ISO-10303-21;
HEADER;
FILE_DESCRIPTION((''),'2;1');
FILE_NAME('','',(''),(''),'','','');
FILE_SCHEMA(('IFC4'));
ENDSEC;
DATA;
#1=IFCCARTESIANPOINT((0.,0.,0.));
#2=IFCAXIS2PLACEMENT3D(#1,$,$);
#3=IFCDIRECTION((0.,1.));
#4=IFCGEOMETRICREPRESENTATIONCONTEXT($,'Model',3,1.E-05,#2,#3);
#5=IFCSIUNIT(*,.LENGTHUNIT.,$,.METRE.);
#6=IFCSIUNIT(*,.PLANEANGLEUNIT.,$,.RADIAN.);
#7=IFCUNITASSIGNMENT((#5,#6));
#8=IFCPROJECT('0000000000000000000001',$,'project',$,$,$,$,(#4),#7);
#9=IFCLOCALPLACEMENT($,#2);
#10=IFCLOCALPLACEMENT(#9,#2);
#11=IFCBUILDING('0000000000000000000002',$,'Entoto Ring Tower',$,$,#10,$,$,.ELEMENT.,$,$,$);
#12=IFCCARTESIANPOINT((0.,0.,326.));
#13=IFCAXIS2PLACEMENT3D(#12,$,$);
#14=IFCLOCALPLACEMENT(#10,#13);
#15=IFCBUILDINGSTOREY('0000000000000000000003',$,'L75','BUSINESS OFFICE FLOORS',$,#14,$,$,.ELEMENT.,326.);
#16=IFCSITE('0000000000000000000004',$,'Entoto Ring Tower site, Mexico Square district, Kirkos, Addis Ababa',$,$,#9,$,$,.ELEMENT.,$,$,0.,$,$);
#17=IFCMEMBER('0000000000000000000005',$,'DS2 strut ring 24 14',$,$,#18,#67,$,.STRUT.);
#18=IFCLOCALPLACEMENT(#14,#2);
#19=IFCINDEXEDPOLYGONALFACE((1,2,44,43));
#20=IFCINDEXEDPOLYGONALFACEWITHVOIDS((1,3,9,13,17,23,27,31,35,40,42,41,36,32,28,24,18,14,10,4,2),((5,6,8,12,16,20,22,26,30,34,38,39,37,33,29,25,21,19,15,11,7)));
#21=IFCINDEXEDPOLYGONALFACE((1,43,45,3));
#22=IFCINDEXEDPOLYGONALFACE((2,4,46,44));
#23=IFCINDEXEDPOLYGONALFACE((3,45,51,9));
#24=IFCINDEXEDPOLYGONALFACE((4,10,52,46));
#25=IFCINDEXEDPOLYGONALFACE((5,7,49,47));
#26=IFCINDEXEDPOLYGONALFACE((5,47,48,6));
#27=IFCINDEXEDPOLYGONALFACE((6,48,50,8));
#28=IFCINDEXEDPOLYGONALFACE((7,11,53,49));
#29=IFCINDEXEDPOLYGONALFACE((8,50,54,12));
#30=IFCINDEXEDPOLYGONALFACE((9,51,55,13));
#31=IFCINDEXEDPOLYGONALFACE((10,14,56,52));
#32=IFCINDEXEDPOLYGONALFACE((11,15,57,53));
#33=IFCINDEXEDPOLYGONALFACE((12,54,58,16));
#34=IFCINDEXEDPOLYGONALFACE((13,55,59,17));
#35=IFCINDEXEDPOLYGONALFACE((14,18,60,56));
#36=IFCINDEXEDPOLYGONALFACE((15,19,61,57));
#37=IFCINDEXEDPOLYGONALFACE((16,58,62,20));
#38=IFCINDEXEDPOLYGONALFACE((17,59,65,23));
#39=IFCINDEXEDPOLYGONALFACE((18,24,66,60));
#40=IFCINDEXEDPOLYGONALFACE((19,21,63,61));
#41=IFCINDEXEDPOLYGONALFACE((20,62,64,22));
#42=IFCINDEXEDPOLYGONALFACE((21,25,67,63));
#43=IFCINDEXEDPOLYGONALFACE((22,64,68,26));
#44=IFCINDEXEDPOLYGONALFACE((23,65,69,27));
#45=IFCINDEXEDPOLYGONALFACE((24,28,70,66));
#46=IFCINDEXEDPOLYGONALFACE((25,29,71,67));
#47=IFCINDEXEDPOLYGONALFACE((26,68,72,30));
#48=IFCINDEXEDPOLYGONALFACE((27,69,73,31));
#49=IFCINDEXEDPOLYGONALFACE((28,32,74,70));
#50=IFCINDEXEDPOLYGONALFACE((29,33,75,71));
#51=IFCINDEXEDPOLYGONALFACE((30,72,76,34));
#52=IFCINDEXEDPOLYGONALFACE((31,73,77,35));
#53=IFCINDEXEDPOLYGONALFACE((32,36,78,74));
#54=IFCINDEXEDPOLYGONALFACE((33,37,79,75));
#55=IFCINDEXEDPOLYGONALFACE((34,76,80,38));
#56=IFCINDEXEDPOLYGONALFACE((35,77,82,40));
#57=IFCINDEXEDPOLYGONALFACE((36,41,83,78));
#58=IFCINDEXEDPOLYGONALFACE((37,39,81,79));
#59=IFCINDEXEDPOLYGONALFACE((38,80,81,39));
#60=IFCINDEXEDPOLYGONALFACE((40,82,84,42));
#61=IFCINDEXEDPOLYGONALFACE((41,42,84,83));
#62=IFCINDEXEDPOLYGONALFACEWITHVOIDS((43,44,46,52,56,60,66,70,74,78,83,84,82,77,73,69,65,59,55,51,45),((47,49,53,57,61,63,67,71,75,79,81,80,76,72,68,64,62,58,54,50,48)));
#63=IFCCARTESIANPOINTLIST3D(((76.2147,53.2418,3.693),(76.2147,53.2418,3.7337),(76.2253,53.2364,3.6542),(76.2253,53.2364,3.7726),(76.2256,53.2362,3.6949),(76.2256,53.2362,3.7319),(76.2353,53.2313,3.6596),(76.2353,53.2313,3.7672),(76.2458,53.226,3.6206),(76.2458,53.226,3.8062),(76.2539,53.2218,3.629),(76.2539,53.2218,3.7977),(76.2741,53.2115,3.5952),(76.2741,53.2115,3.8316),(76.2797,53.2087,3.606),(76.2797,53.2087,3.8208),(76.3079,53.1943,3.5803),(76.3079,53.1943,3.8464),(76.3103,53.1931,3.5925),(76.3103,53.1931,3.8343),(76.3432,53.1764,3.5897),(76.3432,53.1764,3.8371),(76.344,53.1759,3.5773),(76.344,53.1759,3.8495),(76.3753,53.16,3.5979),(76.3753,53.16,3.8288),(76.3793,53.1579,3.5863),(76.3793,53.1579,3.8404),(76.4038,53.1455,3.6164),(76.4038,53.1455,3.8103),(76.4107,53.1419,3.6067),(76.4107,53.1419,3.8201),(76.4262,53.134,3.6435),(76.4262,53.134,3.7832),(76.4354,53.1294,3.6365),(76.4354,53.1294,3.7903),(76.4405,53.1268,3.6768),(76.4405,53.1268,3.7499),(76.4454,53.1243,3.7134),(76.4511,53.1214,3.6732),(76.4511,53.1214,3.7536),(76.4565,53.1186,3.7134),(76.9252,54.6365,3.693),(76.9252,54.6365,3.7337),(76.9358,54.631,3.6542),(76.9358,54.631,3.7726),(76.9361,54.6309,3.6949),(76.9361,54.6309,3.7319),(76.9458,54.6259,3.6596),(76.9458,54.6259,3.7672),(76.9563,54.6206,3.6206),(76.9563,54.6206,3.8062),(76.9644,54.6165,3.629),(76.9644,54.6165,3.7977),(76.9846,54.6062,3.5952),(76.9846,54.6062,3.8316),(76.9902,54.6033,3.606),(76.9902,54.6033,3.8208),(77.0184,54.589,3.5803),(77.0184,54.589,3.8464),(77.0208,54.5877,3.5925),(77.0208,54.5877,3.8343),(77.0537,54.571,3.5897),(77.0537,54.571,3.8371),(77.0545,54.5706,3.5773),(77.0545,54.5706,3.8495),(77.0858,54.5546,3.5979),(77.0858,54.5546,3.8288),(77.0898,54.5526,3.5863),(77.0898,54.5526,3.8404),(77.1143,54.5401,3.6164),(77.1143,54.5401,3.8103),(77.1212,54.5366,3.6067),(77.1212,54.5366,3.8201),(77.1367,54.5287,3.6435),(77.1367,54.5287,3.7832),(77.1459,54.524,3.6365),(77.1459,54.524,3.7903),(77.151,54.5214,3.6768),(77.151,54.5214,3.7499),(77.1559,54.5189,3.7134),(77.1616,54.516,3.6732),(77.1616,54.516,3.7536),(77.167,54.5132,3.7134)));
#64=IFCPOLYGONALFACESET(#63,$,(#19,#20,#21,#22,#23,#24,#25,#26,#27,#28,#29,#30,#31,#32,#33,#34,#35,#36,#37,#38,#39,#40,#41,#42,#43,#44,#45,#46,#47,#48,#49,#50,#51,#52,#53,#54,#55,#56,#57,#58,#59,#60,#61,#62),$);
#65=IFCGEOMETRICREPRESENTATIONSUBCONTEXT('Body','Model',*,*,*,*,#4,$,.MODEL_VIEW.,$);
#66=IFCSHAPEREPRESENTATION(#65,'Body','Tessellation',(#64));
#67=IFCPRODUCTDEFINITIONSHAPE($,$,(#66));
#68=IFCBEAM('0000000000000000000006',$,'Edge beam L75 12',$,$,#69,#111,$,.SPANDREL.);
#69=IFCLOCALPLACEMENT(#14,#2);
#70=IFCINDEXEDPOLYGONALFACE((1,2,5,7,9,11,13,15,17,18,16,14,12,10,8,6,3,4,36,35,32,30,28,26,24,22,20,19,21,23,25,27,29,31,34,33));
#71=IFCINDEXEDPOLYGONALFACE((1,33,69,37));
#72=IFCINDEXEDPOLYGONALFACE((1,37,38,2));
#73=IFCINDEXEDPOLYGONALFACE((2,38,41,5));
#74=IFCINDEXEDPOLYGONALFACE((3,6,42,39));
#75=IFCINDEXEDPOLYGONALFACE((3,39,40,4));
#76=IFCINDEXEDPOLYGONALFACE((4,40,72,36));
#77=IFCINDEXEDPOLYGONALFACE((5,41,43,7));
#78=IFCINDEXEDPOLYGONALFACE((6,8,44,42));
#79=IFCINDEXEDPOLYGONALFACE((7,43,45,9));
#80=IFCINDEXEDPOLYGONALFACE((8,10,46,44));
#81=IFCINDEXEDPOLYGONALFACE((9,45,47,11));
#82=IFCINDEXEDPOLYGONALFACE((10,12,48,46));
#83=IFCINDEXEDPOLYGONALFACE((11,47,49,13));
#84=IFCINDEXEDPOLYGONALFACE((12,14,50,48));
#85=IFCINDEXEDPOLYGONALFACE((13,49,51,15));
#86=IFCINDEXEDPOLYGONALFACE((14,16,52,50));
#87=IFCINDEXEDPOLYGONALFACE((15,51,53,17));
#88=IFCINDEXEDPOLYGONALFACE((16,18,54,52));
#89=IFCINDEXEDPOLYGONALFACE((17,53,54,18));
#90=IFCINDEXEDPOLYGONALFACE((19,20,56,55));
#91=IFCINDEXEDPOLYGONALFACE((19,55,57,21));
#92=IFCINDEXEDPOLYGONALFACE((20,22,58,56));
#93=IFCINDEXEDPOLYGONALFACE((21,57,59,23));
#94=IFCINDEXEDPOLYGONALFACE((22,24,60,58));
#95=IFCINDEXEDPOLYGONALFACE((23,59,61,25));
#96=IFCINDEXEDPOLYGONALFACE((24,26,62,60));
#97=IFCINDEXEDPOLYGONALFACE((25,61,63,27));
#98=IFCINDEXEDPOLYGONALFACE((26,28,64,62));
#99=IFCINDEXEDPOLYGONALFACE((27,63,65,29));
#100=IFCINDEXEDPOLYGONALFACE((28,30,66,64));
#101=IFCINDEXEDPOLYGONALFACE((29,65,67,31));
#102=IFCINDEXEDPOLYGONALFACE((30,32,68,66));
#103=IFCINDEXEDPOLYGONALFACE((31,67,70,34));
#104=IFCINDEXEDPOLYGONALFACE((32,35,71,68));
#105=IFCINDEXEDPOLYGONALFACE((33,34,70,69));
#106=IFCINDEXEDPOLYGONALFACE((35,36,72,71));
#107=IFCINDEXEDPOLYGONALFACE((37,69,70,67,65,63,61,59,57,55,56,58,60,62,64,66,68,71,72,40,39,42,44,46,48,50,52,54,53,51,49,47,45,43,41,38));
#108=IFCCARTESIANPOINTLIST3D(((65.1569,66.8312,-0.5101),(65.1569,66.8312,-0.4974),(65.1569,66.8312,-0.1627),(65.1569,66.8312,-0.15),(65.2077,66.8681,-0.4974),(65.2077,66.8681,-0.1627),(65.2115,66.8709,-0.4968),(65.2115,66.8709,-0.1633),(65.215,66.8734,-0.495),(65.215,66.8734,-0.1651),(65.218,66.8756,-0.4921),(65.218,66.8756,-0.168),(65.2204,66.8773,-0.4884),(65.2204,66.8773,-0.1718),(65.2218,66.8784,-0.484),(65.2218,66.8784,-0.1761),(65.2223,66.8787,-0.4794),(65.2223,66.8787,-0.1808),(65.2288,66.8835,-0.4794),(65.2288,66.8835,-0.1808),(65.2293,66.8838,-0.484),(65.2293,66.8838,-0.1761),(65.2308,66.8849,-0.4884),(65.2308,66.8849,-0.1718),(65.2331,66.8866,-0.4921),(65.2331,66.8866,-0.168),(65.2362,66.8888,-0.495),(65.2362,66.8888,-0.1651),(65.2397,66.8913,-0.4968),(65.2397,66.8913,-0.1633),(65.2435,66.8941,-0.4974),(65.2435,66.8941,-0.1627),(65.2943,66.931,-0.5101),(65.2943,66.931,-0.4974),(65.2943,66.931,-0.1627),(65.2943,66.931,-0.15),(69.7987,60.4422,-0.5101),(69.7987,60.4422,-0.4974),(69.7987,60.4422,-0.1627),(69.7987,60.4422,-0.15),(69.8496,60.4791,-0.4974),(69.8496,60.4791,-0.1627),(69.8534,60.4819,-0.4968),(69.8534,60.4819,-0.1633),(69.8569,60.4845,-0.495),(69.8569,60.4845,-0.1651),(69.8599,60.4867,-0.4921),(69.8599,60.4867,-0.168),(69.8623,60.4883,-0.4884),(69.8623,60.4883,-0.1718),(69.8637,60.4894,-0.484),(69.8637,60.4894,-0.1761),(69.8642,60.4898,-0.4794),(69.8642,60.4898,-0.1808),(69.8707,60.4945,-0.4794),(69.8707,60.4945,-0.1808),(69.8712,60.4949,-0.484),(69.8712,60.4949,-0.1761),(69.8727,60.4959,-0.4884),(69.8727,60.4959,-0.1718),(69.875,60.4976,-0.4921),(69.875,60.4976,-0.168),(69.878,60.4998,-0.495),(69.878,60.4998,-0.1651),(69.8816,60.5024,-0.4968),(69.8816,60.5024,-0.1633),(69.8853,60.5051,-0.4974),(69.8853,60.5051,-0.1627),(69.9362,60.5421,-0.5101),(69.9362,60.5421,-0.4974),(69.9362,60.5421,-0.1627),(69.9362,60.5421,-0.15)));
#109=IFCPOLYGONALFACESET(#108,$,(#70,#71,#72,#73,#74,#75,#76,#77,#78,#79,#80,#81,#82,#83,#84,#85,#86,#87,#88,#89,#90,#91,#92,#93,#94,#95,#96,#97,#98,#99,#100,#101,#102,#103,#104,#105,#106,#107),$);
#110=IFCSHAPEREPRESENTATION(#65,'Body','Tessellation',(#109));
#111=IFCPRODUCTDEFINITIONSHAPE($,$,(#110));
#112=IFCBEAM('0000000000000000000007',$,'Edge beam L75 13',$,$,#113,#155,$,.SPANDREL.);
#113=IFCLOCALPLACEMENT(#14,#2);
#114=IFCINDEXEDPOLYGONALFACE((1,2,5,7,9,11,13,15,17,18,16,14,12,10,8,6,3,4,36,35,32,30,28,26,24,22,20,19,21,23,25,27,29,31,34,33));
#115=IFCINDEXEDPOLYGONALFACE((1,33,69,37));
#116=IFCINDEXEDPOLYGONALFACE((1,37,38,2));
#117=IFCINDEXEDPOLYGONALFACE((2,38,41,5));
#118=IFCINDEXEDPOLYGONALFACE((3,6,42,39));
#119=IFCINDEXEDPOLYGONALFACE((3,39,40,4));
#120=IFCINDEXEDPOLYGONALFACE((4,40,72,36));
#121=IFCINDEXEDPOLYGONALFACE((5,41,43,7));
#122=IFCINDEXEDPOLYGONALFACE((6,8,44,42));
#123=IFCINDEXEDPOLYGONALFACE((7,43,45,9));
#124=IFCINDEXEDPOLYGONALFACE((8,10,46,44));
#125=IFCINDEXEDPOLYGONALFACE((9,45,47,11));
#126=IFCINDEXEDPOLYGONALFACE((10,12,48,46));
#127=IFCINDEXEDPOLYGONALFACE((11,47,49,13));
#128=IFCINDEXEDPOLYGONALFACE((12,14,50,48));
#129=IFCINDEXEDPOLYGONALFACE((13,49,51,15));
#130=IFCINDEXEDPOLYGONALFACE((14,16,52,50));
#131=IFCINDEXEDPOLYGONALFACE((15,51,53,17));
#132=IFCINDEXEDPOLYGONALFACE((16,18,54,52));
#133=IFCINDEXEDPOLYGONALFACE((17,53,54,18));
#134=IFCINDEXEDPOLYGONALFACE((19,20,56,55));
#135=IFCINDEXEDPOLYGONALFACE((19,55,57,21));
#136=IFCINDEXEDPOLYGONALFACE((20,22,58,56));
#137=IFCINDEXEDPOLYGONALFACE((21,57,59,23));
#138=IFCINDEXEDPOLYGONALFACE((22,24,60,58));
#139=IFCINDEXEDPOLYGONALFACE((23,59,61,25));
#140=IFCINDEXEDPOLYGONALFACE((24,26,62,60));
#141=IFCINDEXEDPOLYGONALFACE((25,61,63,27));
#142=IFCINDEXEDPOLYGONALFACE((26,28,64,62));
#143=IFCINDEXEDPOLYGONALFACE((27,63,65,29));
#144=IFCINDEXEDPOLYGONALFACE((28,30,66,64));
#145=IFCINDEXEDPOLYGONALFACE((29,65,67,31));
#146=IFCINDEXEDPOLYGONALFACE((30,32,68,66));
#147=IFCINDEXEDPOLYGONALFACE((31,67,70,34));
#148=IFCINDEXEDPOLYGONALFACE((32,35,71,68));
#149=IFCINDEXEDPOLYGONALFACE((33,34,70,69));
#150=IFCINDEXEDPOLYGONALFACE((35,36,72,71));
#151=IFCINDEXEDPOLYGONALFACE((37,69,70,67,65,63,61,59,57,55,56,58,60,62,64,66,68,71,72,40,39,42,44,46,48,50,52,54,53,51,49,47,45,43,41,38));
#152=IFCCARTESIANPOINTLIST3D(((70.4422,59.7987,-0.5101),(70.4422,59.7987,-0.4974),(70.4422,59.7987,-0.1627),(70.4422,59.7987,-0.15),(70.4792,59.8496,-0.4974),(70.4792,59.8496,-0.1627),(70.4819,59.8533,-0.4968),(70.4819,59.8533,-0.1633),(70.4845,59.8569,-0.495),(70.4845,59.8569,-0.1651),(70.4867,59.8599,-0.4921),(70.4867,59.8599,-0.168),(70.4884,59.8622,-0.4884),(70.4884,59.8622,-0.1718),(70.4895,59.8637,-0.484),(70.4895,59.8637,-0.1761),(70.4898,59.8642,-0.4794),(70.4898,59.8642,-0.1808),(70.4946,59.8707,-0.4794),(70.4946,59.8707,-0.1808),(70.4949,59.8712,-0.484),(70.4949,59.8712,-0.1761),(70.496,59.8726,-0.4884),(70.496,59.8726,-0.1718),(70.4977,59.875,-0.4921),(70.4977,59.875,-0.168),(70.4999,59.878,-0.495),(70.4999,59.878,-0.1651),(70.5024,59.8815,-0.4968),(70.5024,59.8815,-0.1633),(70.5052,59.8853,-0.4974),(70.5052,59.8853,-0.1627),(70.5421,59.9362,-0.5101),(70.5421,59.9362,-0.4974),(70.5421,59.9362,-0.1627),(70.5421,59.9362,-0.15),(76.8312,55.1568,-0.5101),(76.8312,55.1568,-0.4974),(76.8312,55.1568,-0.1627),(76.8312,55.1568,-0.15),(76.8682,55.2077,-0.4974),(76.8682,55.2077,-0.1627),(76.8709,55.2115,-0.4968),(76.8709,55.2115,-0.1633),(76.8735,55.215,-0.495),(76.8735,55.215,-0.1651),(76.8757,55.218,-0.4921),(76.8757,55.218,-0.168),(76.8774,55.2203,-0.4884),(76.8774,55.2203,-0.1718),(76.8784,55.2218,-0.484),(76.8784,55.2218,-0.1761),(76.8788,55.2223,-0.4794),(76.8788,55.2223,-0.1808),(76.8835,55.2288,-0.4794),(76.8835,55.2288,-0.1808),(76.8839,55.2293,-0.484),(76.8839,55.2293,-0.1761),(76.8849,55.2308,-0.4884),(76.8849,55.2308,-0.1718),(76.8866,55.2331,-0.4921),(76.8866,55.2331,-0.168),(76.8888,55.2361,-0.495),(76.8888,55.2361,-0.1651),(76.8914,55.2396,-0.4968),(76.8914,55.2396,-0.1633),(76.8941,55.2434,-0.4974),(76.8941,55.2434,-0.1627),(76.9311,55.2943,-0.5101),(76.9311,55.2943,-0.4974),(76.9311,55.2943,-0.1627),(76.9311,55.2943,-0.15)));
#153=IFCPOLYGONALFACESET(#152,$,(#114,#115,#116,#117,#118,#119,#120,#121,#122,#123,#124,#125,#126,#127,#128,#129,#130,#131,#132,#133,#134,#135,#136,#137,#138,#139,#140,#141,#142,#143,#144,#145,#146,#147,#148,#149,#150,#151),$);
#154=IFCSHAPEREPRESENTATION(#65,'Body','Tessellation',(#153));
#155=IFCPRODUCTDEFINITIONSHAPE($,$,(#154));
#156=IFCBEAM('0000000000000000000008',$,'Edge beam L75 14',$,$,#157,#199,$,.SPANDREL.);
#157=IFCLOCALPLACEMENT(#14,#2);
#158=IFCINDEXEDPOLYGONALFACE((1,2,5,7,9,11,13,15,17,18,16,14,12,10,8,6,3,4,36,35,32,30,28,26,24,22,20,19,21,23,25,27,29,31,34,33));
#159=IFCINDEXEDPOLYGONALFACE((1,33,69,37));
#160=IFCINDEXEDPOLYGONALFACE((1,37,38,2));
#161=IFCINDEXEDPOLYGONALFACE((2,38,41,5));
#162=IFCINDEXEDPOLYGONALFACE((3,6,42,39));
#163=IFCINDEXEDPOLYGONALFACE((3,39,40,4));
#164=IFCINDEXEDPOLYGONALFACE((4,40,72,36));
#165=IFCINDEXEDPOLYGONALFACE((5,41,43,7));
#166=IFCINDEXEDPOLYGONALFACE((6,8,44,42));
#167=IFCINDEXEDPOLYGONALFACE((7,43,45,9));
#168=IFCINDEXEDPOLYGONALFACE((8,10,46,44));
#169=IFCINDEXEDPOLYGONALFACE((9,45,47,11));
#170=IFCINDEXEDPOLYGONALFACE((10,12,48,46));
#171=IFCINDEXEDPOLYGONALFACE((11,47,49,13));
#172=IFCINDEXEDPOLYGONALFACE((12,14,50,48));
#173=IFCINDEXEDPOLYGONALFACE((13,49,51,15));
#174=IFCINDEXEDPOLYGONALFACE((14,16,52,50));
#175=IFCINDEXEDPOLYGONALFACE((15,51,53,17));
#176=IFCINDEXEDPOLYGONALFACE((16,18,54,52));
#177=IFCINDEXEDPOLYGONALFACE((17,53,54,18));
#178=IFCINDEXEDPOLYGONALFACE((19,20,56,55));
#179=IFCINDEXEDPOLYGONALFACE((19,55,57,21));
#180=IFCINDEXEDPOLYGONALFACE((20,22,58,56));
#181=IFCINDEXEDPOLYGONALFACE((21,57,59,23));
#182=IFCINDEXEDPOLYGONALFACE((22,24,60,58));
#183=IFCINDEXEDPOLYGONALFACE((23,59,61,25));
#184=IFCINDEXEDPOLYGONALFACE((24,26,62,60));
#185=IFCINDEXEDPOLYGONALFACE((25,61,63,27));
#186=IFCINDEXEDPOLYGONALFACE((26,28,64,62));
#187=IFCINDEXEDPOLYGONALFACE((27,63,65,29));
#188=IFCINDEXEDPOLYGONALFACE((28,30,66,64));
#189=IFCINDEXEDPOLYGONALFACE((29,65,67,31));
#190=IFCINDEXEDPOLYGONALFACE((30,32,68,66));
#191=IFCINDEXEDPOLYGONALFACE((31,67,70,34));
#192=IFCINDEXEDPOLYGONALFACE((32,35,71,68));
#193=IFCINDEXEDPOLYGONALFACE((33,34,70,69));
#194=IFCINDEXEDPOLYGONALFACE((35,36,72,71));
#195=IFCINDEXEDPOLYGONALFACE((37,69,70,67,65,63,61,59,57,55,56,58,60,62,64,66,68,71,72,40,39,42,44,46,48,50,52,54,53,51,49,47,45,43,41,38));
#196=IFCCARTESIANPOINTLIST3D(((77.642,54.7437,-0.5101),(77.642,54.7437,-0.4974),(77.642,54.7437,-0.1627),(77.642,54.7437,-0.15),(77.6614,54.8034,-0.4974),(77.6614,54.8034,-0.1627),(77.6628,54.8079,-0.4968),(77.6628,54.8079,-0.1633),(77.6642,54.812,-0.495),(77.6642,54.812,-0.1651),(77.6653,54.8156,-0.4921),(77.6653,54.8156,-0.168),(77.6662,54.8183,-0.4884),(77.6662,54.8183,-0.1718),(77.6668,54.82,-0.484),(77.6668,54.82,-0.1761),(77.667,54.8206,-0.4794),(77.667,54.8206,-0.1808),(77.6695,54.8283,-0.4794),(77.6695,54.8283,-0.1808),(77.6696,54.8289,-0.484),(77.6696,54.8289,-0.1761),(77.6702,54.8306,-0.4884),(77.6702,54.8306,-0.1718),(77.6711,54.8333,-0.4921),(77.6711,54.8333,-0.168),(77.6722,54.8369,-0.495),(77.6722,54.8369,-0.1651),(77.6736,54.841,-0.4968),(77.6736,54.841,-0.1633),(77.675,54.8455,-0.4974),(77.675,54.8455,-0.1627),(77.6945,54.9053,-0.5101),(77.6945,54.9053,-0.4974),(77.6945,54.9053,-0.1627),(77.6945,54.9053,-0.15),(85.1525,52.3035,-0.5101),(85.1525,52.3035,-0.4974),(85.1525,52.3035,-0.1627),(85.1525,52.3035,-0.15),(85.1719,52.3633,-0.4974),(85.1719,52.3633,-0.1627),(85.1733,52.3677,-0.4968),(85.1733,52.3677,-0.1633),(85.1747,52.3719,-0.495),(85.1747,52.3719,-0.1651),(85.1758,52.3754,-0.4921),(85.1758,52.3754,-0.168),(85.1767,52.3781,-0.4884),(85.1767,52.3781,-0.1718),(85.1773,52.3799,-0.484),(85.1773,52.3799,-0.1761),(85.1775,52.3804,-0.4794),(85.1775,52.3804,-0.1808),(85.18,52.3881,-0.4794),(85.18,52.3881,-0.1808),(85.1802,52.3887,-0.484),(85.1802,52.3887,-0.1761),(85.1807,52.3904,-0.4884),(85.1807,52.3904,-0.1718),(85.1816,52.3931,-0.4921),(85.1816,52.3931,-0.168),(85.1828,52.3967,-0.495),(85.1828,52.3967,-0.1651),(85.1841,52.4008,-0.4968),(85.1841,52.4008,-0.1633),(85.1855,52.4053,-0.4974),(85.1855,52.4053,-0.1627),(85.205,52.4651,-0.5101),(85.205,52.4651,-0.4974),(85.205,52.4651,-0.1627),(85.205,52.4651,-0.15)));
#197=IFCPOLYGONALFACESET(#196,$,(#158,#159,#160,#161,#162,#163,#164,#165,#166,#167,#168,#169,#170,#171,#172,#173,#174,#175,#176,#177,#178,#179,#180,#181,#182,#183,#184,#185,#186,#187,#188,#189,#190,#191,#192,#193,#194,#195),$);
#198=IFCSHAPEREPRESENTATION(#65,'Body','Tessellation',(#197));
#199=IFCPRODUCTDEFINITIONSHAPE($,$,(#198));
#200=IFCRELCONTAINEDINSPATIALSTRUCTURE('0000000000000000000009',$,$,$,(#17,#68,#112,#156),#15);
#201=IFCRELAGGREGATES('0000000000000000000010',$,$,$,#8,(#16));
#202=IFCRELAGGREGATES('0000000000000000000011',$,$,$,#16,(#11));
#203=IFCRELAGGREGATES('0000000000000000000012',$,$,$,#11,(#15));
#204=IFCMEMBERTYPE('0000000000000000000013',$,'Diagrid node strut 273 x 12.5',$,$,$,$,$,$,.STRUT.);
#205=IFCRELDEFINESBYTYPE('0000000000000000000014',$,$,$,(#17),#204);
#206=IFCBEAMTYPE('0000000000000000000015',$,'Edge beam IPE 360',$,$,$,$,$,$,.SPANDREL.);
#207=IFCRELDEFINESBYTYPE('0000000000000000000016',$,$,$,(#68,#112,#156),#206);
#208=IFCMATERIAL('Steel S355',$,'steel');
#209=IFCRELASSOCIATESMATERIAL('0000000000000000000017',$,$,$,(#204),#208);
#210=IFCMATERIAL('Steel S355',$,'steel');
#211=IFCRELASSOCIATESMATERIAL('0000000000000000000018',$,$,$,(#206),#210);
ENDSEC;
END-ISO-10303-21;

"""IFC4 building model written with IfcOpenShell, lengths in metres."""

from ifc_helpers import new_model, si_unit, direction, frame, origin, origin_2d, place, context, subcontext, project, spatial, circle, hollow_circle, i_section, extrude, material, material_profile, profile_set, type_object, element, save


model = new_model("IFC4")

# Units and contexts
model_context = context("Model", 3, precision=1e-05, world=origin(), true_north=direction((0.0, 1.0)))
body_context = subcontext(model_context, "Body", "Model", "MODEL_VIEW")
ifc_project = project(units=[si_unit("LENGTHUNIT", "METRE"), si_unit("PLANEANGLEUNIT", "RADIAN")], contexts=[model_context])

# Site, building, storey
site_placement = place(None, origin())
site = spatial("IfcSite", under=ifc_project, at=site_placement, Name="Entoto Ring Tower site, Mexico Square district, Kirkos, Addis Ababa", CompositionType="ELEMENT", RefElevation=0.0)
building_placement = place(site_placement, origin())
building = spatial("IfcBuilding", under=site, at=building_placement, Name="Entoto Ring Tower", CompositionType="ELEMENT")
storey_placement = place(building_placement, frame((0.0, 0.0, 326.0)))
storey = spatial("IfcBuildingStorey", under=building, at=storey_placement, Name="L75", Description="BUSINESS OFFICE FLOORS", CompositionType="ELEMENT", Elevation=326.0)

# Member
ifc_material_1 = material(Name="Steel S355", Category="steel")
ifc_material_profile_1 = material_profile(ifc_material_1, hollow_circle(Radius=0.1365, WallThickness=0.0125, at=origin_2d()), Name="CHS 273 x 12.5")
ifc_material_2 = material(Name="Concrete C60/75", Category="concrete")
ifc_material_profile_2 = material_profile(ifc_material_2, circle(Radius=0.124, at=origin_2d()), Name="Concrete C60/75 infill")
ifc_profile_set_1 = profile_set([ifc_material_profile_1, ifc_material_profile_2], Name="Steel S355")
member_type = type_object("IfcMemberType", Name="Diagrid node strut 273 x 12.5", PredefinedType="STRUT", material=ifc_profile_set_1)
for number, where, z_axis, x_axis, name in (
    (1, (77.0454, 54.5752, 3.7134), (-0.45394, -0.891032, 0.0), (0.891032, -0.45394, 0.0), "DS2 strut ring 24 14"),
):
    element("IfcMember", number, at=place(storey_placement, frame(where, z_axis=z_axis, x_axis=x_axis)), inside=storey, type_object=member_type, Name=name, PredefinedType="STRUT", context=body_context, shape_type="SweptSolid", body=[
        extrude(hollow_circle(Radius=0.1365, WallThickness=0.0125, at=origin_2d()), origin(), (0.0, 0.0, 1.0), 1.5652),
    ])

# Beams
ifc_material_3 = material(Name="Steel S355", Category="steel")
ifc_material_profile_3 = material_profile(ifc_material_3, i_section(OverallWidth=0.1699, OverallDepth=0.3601, WebThickness=0.0081, FlangeThickness=0.0127, FilletRadius=0.0181, at=origin_2d()), Name="IPE 360")
ifc_profile_set_2 = profile_set([ifc_material_profile_3], Name="Steel S355")
beam_type_1 = type_object("IfcBeamType", Name="Edge beam IPE 360", PredefinedType="SPANDREL", material=ifc_profile_set_2)
for number, where, z_axis, x_axis, name in (
    (2, (65.2256, 66.8811, -0.3301), (0.587787, -0.809015, 0.0), (0.809015, 0.587787, 0.0), "Edge beam L75 12"),
    (3, (70.4922, 59.8674, -0.3301), (0.809015, -0.587787, 0.0), (0.587787, 0.809015, 0.0), "Edge beam L75 13"),
):
    element("IfcBeam", number, at=place(storey_placement, frame(where, z_axis=z_axis, x_axis=x_axis)), inside=storey, type_object=beam_type_1, Name=name, PredefinedType="SPANDREL", context=body_context, shape_type="SweptSolid", body=[
        extrude(i_section(OverallWidth=0.1699, OverallDepth=0.3601, WebThickness=0.0081, FlangeThickness=0.0127, FilletRadius=0.0181, at=origin_2d()), origin(), (0.0, 0.0, 1.0), 7.8972),
    ])
beam_1_placement = place(storey_placement, frame((77.6682, 54.8245, -0.3301), z_axis=(0.951061, -0.309003, 0.0), x_axis=(0.309003, 0.951061, 0.0)))
element("IfcBeam", 4, at=beam_1_placement, inside=storey, type_object=beam_type_1, Name="Edge beam L75 14", PredefinedType="SPANDREL", context=body_context, shape_type="SweptSolid", body=[
    extrude(i_section(OverallWidth=0.1699, OverallDepth=0.3601, WebThickness=0.0081, FlangeThickness=0.0127, FilletRadius=0.0181, at=origin_2d()), origin(), (0.0, 0.0, 1.0), 7.897),
])

save(model, "model.ifc")
